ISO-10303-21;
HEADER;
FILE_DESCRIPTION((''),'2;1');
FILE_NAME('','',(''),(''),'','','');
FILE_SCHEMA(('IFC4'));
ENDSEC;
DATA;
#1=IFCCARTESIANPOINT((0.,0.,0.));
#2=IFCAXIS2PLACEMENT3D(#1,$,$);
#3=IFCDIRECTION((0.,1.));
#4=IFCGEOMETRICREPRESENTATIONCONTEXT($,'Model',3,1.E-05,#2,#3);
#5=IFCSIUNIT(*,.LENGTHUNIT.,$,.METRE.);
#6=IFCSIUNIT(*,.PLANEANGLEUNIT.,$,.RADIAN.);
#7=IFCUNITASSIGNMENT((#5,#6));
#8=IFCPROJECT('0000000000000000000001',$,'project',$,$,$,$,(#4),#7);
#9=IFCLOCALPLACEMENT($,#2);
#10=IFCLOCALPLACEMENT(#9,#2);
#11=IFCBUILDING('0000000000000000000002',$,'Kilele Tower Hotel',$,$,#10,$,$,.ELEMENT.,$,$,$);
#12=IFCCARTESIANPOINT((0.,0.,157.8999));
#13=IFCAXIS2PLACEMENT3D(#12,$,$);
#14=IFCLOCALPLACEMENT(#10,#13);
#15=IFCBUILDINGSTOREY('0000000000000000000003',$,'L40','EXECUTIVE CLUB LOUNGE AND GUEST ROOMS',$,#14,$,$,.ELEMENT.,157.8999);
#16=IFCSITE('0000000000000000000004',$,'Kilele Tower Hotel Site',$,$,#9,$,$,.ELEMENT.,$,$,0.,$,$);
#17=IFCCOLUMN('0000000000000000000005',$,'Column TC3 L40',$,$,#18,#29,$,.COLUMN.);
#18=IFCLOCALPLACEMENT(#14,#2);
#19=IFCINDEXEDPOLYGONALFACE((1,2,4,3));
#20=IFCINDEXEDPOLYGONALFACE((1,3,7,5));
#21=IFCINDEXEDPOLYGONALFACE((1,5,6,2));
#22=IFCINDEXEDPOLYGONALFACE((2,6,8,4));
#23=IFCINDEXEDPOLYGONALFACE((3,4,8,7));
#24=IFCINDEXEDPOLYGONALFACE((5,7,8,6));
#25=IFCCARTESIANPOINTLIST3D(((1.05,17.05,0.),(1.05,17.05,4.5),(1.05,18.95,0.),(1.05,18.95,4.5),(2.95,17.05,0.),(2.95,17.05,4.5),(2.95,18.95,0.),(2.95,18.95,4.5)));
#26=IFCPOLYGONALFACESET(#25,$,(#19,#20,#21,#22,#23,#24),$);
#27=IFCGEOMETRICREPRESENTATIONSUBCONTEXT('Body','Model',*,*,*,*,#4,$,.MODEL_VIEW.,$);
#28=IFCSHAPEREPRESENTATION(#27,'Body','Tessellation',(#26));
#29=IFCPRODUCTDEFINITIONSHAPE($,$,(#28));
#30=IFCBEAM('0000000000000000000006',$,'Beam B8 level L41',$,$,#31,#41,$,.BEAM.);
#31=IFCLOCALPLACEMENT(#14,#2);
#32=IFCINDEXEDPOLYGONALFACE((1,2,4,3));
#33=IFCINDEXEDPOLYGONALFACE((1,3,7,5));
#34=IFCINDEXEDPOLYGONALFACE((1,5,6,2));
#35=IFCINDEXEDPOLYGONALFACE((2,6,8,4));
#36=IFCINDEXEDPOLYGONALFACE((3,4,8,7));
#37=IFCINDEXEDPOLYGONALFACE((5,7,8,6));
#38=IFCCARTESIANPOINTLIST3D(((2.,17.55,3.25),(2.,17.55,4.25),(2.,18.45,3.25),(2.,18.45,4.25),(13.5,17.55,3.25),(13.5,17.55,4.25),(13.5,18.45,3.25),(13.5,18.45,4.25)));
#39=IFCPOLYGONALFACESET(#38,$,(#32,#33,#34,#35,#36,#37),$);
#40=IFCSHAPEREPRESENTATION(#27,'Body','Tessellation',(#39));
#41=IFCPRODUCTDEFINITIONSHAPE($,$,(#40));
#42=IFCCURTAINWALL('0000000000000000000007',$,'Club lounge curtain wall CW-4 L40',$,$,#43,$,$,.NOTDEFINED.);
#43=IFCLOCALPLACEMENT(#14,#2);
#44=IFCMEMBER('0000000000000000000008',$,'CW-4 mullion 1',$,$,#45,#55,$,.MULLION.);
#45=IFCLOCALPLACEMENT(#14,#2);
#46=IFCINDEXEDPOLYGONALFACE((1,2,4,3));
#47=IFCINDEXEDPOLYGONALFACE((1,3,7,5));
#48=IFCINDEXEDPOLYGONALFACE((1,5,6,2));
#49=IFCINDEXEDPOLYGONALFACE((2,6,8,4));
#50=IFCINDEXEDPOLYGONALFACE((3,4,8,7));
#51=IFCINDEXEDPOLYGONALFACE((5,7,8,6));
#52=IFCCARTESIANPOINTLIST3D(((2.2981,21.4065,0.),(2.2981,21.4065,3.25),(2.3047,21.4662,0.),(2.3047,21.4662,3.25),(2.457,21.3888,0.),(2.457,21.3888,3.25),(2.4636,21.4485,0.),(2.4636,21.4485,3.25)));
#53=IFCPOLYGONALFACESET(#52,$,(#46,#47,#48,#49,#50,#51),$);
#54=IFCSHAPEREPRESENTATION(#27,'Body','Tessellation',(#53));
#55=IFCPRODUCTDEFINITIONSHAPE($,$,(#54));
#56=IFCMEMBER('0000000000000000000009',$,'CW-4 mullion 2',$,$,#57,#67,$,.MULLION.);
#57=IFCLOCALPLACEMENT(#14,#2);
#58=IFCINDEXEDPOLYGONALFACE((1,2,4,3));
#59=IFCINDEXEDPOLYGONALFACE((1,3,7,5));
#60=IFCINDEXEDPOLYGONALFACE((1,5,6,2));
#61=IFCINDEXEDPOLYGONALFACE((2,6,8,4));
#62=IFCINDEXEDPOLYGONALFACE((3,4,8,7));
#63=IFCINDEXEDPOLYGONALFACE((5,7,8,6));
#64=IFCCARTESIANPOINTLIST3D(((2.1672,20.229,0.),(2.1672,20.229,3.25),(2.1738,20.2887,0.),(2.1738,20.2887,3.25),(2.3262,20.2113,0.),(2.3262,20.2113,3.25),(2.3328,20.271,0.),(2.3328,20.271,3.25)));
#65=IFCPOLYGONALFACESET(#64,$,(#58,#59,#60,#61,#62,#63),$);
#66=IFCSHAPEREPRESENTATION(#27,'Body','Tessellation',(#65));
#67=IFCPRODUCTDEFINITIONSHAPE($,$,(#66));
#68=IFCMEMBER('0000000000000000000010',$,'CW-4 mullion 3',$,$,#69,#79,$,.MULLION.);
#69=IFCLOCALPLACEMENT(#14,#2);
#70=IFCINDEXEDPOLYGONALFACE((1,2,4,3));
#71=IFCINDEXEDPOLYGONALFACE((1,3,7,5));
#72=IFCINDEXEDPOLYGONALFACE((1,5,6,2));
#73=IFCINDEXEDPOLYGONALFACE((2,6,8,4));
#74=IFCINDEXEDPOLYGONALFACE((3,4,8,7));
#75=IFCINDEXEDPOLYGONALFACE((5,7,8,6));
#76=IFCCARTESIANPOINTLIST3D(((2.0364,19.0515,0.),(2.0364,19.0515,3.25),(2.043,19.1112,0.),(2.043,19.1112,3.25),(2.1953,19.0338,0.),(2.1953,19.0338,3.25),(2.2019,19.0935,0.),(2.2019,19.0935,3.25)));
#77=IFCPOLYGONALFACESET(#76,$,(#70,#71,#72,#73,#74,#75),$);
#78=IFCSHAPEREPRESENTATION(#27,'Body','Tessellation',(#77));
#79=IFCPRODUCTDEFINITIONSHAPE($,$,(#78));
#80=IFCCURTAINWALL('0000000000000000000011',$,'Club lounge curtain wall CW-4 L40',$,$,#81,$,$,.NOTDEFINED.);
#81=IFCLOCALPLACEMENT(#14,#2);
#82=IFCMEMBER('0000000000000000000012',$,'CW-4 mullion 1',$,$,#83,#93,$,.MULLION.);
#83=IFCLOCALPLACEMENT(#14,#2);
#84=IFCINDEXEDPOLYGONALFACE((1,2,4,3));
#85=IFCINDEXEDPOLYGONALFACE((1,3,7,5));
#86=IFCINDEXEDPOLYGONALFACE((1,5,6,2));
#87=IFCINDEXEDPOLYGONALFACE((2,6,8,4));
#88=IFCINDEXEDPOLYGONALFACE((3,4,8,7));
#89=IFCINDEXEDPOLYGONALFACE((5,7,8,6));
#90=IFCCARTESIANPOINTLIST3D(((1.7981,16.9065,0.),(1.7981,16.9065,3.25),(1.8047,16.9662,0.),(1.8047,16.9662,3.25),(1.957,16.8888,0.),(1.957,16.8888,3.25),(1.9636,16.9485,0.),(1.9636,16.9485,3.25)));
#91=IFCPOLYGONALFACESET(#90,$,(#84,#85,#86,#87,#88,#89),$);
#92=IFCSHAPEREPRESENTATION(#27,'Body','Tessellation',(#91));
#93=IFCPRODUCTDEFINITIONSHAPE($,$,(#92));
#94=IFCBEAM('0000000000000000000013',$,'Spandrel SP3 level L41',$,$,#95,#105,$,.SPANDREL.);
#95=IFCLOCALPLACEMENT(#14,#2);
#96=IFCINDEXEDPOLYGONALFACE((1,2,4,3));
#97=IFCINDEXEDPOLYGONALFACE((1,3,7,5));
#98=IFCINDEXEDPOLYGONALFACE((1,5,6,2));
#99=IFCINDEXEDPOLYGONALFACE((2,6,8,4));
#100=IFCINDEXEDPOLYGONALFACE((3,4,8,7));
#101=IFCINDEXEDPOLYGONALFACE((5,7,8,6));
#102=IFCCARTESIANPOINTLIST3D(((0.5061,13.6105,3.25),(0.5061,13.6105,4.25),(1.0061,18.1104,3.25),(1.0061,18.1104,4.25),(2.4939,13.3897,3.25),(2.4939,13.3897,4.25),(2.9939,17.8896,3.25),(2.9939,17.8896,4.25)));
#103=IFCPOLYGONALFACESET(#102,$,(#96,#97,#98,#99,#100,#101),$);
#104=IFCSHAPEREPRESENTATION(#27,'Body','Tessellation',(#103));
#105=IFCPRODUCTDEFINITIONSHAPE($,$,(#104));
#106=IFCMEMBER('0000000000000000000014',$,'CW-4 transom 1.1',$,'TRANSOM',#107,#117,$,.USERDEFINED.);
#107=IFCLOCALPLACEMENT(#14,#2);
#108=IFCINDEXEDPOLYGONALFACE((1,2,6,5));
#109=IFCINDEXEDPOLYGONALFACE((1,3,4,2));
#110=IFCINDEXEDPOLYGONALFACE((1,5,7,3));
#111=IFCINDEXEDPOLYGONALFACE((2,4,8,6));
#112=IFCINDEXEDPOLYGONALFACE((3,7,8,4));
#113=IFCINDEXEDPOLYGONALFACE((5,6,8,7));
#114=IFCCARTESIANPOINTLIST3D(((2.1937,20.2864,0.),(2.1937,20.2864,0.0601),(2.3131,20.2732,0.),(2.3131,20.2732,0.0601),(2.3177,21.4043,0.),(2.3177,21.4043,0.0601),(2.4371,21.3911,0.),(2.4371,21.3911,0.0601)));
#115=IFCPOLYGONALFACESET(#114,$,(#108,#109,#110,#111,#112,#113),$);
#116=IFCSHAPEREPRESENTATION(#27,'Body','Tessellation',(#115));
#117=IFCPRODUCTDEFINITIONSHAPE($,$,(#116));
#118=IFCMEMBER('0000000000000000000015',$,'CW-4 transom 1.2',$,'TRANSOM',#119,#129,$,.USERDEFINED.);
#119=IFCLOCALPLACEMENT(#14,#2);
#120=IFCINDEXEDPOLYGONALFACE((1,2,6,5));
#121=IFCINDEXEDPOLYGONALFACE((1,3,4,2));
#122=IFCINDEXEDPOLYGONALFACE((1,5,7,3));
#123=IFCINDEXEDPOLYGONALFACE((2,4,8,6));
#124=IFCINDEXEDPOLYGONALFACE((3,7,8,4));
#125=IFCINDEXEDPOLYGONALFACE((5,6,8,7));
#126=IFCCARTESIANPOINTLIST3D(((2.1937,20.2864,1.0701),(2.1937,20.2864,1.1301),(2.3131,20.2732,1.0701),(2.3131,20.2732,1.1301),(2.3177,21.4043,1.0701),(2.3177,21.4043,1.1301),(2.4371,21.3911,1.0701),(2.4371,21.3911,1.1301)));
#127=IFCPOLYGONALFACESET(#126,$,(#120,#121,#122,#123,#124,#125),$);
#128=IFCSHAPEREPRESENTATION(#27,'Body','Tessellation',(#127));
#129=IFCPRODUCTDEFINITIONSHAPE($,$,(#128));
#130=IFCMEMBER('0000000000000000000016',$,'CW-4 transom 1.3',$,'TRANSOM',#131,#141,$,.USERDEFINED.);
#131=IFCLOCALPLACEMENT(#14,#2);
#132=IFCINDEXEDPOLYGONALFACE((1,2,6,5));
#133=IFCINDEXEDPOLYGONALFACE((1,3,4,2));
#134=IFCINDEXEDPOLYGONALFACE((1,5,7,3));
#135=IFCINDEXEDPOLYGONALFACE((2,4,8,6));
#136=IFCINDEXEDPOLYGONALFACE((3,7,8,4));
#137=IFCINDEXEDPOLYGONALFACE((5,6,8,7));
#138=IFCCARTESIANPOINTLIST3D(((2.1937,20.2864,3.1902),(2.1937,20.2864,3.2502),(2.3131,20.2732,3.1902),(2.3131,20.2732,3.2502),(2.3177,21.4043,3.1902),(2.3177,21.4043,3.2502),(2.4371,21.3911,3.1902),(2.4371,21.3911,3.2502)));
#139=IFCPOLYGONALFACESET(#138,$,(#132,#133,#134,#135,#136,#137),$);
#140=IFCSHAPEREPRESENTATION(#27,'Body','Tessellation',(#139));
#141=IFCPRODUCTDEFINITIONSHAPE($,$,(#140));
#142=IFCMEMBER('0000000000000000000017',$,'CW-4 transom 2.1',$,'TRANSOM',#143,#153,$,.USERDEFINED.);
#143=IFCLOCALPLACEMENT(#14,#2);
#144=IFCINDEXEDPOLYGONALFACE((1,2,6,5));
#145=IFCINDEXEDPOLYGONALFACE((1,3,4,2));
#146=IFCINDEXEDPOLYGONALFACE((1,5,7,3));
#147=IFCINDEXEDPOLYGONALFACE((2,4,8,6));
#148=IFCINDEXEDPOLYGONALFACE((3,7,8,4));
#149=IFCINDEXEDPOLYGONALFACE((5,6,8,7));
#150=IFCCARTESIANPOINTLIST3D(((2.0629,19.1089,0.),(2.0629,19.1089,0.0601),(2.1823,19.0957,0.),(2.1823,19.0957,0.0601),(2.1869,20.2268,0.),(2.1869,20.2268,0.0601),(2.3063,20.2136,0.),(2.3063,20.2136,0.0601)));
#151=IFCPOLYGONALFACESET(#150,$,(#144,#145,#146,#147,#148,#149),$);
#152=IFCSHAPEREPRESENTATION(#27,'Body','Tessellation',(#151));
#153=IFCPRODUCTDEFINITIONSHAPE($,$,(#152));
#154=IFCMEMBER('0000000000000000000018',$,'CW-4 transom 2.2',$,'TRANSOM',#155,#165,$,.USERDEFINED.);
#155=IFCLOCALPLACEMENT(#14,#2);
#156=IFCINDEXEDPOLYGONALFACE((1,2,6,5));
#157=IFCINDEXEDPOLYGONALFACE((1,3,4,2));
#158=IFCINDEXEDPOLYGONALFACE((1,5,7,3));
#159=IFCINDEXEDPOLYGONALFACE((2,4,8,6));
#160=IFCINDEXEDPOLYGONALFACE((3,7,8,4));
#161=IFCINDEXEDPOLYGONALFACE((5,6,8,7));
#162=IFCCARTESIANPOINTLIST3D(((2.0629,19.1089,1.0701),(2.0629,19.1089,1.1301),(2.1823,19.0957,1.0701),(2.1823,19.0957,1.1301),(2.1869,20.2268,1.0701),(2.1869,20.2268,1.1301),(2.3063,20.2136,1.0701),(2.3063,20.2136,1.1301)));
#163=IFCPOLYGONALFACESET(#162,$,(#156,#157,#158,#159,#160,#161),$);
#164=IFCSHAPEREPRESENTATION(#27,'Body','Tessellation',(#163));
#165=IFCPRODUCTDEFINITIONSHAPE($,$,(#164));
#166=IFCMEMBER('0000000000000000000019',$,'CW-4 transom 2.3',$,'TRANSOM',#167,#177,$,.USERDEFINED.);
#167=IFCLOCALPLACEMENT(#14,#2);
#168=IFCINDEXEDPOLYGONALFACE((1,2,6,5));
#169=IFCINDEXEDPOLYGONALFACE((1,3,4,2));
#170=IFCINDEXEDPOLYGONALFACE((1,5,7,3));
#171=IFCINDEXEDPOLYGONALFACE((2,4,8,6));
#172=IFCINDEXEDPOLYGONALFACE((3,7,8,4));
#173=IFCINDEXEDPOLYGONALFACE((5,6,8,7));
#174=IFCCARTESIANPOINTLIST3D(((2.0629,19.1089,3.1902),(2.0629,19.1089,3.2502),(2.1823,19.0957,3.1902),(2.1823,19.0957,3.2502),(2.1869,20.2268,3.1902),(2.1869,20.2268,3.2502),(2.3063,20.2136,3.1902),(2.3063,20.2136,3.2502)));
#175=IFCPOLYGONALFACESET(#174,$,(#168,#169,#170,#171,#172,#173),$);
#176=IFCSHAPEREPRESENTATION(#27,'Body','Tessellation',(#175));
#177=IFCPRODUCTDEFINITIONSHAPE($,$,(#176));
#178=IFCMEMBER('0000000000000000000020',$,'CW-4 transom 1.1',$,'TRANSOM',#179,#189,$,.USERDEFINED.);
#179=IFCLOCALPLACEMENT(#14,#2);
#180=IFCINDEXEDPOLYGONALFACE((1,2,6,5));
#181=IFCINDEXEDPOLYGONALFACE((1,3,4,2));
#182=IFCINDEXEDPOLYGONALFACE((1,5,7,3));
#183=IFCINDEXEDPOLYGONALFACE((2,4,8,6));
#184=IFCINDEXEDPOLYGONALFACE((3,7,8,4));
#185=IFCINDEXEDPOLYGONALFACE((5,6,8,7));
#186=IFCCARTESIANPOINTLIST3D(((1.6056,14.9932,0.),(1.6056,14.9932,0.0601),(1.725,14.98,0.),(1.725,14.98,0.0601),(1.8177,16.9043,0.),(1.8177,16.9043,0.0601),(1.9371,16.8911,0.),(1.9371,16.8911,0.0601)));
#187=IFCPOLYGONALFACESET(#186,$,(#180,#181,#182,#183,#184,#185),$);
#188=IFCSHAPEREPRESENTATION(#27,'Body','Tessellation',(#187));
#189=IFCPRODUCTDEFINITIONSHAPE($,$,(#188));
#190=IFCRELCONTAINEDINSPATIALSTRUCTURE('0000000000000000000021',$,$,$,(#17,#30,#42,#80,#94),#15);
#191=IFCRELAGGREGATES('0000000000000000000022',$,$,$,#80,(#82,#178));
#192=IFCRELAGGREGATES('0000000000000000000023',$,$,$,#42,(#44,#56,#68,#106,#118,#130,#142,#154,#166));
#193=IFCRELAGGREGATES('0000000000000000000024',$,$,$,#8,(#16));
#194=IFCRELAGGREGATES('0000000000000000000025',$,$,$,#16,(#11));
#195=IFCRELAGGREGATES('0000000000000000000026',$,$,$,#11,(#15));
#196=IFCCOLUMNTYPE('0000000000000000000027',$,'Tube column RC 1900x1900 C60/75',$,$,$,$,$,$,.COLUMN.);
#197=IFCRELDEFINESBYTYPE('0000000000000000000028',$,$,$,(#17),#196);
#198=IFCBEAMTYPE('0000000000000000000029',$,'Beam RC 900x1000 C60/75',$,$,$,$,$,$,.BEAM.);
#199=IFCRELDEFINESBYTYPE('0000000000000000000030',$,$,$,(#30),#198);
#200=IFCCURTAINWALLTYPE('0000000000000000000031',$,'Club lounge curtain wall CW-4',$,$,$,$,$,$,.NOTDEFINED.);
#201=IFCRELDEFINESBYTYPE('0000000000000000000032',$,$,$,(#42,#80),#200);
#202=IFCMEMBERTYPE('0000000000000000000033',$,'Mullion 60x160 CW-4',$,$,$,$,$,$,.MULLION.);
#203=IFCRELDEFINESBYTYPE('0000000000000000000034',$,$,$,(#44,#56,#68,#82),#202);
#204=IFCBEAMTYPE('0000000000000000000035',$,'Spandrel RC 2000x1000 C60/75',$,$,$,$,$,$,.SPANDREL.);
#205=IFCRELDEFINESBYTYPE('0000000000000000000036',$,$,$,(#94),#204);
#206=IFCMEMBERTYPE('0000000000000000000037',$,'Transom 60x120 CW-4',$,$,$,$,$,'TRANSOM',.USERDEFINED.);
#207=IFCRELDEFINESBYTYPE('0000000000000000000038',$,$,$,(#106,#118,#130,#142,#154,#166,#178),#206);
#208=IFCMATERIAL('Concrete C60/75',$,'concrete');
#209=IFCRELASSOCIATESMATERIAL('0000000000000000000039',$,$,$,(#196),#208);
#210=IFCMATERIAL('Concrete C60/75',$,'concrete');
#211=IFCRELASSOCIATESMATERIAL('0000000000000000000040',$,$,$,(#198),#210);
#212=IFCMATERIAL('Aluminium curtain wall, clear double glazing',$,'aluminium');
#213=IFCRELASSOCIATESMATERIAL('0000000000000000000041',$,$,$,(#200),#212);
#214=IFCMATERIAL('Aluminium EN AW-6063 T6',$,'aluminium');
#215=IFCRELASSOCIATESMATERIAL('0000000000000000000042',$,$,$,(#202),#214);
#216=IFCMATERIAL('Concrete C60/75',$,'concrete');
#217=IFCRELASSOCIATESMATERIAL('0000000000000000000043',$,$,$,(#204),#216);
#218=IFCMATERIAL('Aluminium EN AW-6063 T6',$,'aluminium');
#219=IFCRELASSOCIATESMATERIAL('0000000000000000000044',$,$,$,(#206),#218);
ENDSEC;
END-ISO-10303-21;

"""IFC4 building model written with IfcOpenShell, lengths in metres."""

from ifc_helpers import new_model, si_unit, direction, frame, origin, origin_2d, place, context, subcontext, project, spatial, rectangle, extrude, material, material_profile, profile_set, type_object, element, aggregate, save


model = new_model("IFC4")

# Units and contexts
model_context = context("Model", 3, precision=1e-05, world=origin(), true_north=direction((0.0, 1.0)))
body_context = subcontext(model_context, "Body", "Model", "MODEL_VIEW")
ifc_project = project(units=[si_unit("LENGTHUNIT", "METRE"), si_unit("PLANEANGLEUNIT", "RADIAN")], contexts=[model_context])

# Site, building, storey
site_placement = place(None, origin())
site = spatial("IfcSite", under=ifc_project, at=site_placement, Name="Kilele Tower Hotel Site", CompositionType="ELEMENT", RefElevation=0.0)
building_placement = place(site_placement, origin())
building = spatial("IfcBuilding", under=site, at=building_placement, Name="Kilele Tower Hotel", CompositionType="ELEMENT")
storey_placement = place(building_placement, frame((0.0, 0.0, 157.8999)))
storey = spatial("IfcBuildingStorey", under=building, at=storey_placement, Name="L40", Description="EXECUTIVE CLUB LOUNGE AND GUEST ROOMS", CompositionType="ELEMENT", Elevation=157.8999)

# Column
ifc_material_1 = material(Name="Concrete C60/75", Category="concrete")
ifc_material_profile_1 = material_profile(ifc_material_1, rectangle(XDim=1.8999, YDim=1.8999, at=origin_2d()))
ifc_profile_set_1 = profile_set([ifc_material_profile_1], Name="Concrete C60/75")
column_type = type_object("IfcColumnType", Name="Tube column RC 1900x1900 C60/75", PredefinedType="COLUMN", material=ifc_profile_set_1)
column_placement = place(storey_placement, frame((2.0, 18.0, 0.0), z_axis=(0.0, 0.0, 1.0), x_axis=(1.0, 0.0, 0.0)))
element("IfcColumn", 1, at=column_placement, inside=storey, type_object=column_type, Name="Column TC3 L40", PredefinedType="COLUMN", context=body_context, shape_type="SweptSolid", body=[
    extrude(rectangle(XDim=1.8999, YDim=1.8999, at=origin_2d()), origin(), (0.0, 0.0, 1.0), 4.5),
])

# Beam
ifc_material_2 = material(Name="Concrete C60/75", Category="concrete")
ifc_material_profile_2 = material_profile(ifc_material_2, rectangle(XDim=0.8999, YDim=1.0, at=origin_2d()))
ifc_profile_set_2 = profile_set([ifc_material_profile_2], Name="Concrete C60/75")
beam_type_1 = type_object("IfcBeamType", Name="Beam RC 900x1000 C60/75", PredefinedType="BEAM", material=ifc_profile_set_2)
beam_1_placement = place(storey_placement, frame((2.0, 18.0, 3.75), z_axis=(1.0, 0.0, 0.0), x_axis=(0.0, 1.0, 0.0)))
element("IfcBeam", 2, at=beam_1_placement, inside=storey, type_object=beam_type_1, Name="Beam B8 level L41", PredefinedType="BEAM", context=body_context, shape_type="SweptSolid", body=[
    extrude(rectangle(XDim=0.8999, YDim=1.0, at=origin_2d()), origin(), (0.0, 0.0, 1.0), 11.5),
])

# Curtain wall, members
ifc_material_3 = material(Name="Aluminium curtain wall, clear double glazing", Category="aluminium")
curtain_wall_type = type_object("IfcCurtainWallType", Name="Club lounge curtain wall CW-4", PredefinedType="NOTDEFINED", material=ifc_material_3)
curtain_wall_1_placement = place(storey_placement, origin())
curtain_wall_1 = element("IfcCurtainWall", 3, at=curtain_wall_1_placement, inside=storey, type_object=curtain_wall_type, Name="Club lounge curtain wall CW-4 L40", PredefinedType="NOTDEFINED")
ifc_material_4 = material(Name="Aluminium EN AW-6063 T6", Category="aluminium")
ifc_material_profile_3 = material_profile(ifc_material_4, rectangle(XDim=0.1599, YDim=0.0601, at=origin_2d()))
ifc_profile_set_3 = profile_set([ifc_material_profile_3], Name="Aluminium EN AW-6063 T6")
member_type_1 = type_object("IfcMemberType", Name="Mullion 60x160 CW-4", PredefinedType="MULLION", material=ifc_profile_set_3)
member_1_placement = place(storey_placement, frame((2.3809, 21.4275, 0.0), z_axis=(0.0, 0.0, 1.0), x_axis=(0.993884, -0.110432, 0.0)))
member_1 = element("IfcMember", 4, at=member_1_placement, type_object=member_type_1, Name="CW-4 mullion 1", PredefinedType="MULLION", context=body_context, shape_type="SweptSolid", body=[
    extrude(rectangle(XDim=0.1599, YDim=0.0601, at=origin_2d()), origin(), (0.0, 0.0, 1.0), 3.25),
])
member_2_placement = place(storey_placement, frame((2.25, 20.25, 0.0), z_axis=(0.0, 0.0, 1.0), x_axis=(0.993884, -0.110432, 0.0)))
member_2 = element("IfcMember", 5, at=member_2_placement, type_object=member_type_1, Name="CW-4 mullion 2", PredefinedType="MULLION", context=body_context, shape_type="SweptSolid", body=[
    extrude(rectangle(XDim=0.1599, YDim=0.0601, at=origin_2d()), origin(), (0.0, 0.0, 1.0), 3.25),
])
member_3_placement = place(storey_placement, frame((2.1191, 19.0725, 0.0), z_axis=(0.0, 0.0, 1.0), x_axis=(0.993884, -0.110432, 0.0)))
member_3 = element("IfcMember", 6, at=member_3_placement, type_object=member_type_1, Name="CW-4 mullion 3", PredefinedType="MULLION", context=body_context, shape_type="SweptSolid", body=[
    extrude(rectangle(XDim=0.1599, YDim=0.0601, at=origin_2d()), origin(), (0.0, 0.0, 1.0), 3.25),
])

# Curtain wall, member
curtain_wall_2_placement = place(storey_placement, origin())
curtain_wall_2 = element("IfcCurtainWall", 7, at=curtain_wall_2_placement, inside=storey, type_object=curtain_wall_type, Name="Club lounge curtain wall CW-4 L40", PredefinedType="NOTDEFINED")
member_4_placement = place(storey_placement, frame((1.8809, 16.9275, 0.0), z_axis=(0.0, 0.0, 1.0), x_axis=(0.993884, -0.110432, 0.0)))
member_4 = element("IfcMember", 8, at=member_4_placement, type_object=member_type_1, Name="CW-4 mullion 1", PredefinedType="MULLION", context=body_context, shape_type="SweptSolid", body=[
    extrude(rectangle(XDim=0.1599, YDim=0.0601, at=origin_2d()), origin(), (0.0, 0.0, 1.0), 3.25),
])

# Beam
ifc_material_5 = material(Name="Concrete C60/75", Category="concrete")
ifc_material_profile_4 = material_profile(ifc_material_5, rectangle(XDim=2.0, YDim=1.0, at=origin_2d()))
ifc_profile_set_4 = profile_set([ifc_material_profile_4], Name="Concrete C60/75")
beam_type_2 = type_object("IfcBeamType", Name="Spandrel RC 2000x1000 C60/75", PredefinedType="SPANDREL", material=ifc_profile_set_4)
beam_2_placement = place(storey_placement, frame((2.0, 18.0, 3.75), z_axis=(-0.110432, -0.993884, 0.0), x_axis=(0.993884, -0.110432, 0.0)))
element("IfcBeam", 9, at=beam_2_placement, inside=storey, type_object=beam_type_2, Name="Spandrel SP3 level L41", PredefinedType="SPANDREL", context=body_context, shape_type="SweptSolid", body=[
    extrude(rectangle(XDim=2.0, YDim=1.0, at=origin_2d()), origin(), (0.0, 0.0, 1.0), 4.5276),
])

# Members
ifc_material_6 = material(Name="Aluminium EN AW-6063 T6", Category="aluminium")
ifc_material_profile_5 = material_profile(ifc_material_6, rectangle(XDim=0.1201, YDim=0.0601, at=origin_2d()))
ifc_profile_set_5 = profile_set([ifc_material_profile_5], Name="Aluminium EN AW-6063 T6")
member_type_2 = type_object("IfcMemberType", Name="Transom 60x120 CW-4", ElementType="TRANSOM", PredefinedType="USERDEFINED", material=ifc_profile_set_5)
member_5_placement = place(storey_placement, frame((2.3774, 21.3977, 0.03), z_axis=(-0.110265, -0.993902, 0.0), x_axis=(0.993902, -0.110265, 0.0)))
member_5 = element("IfcMember", 10, at=member_5_placement, type_object=member_type_2, Name="CW-4 transom 1.1", ObjectType="TRANSOM", PredefinedType="USERDEFINED", context=body_context, shape_type="SweptSolid", body=[
    extrude(rectangle(XDim=0.1201, YDim=0.0601, at=origin_2d()), origin(), (0.0, 0.0, 1.0), 1.1248),
])
member_6_placement = place(storey_placement, frame((2.3774, 21.3977, 1.1001), z_axis=(-0.110265, -0.993902, 0.0), x_axis=(0.993902, -0.110265, 0.0)))
member_6 = element("IfcMember", 11, at=member_6_placement, type_object=member_type_2, Name="CW-4 transom 1.2", ObjectType="TRANSOM", PredefinedType="USERDEFINED", context=body_context, shape_type="SweptSolid", body=[
    extrude(rectangle(XDim=0.1201, YDim=0.0601, at=origin_2d()), origin(), (0.0, 0.0, 1.0), 1.1248),
])
member_7_placement = place(storey_placement, frame((2.3774, 21.3977, 3.2202), z_axis=(-0.110265, -0.993902, 0.0), x_axis=(0.993902, -0.110265, 0.0)))
member_7 = element("IfcMember", 12, at=member_7_placement, type_object=member_type_2, Name="CW-4 transom 1.3", ObjectType="TRANSOM", PredefinedType="USERDEFINED", context=body_context, shape_type="SweptSolid", body=[
    extrude(rectangle(XDim=0.1201, YDim=0.0601, at=origin_2d()), origin(), (0.0, 0.0, 1.0), 1.1248),
])
member_8_placement = place(storey_placement, frame((2.2466, 20.2202, 0.03), z_axis=(-0.110265, -0.993902, 0.0), x_axis=(0.993902, -0.110265, 0.0)))
member_8 = element("IfcMember", 13, at=member_8_placement, type_object=member_type_2, Name="CW-4 transom 2.1", ObjectType="TRANSOM", PredefinedType="USERDEFINED", context=body_context, shape_type="SweptSolid", body=[
    extrude(rectangle(XDim=0.1201, YDim=0.0601, at=origin_2d()), origin(), (0.0, 0.0, 1.0), 1.1248),
])
member_9_placement = place(storey_placement, frame((2.2466, 20.2202, 1.1001), z_axis=(-0.110265, -0.993902, 0.0), x_axis=(0.993902, -0.110265, 0.0)))
member_9 = element("IfcMember", 14, at=member_9_placement, type_object=member_type_2, Name="CW-4 transom 2.2", ObjectType="TRANSOM", PredefinedType="USERDEFINED", context=body_context, shape_type="SweptSolid", body=[
    extrude(rectangle(XDim=0.1201, YDim=0.0601, at=origin_2d()), origin(), (0.0, 0.0, 1.0), 1.1248),
])
member_10_placement = place(storey_placement, frame((2.2466, 20.2202, 3.2202), z_axis=(-0.110265, -0.993902, 0.0), x_axis=(0.993902, -0.110265, 0.0)))
member_10 = element("IfcMember", 15, at=member_10_placement, type_object=member_type_2, Name="CW-4 transom 2.3", ObjectType="TRANSOM", PredefinedType="USERDEFINED", context=body_context, shape_type="SweptSolid", body=[
    extrude(rectangle(XDim=0.1201, YDim=0.0601, at=origin_2d()), origin(), (0.0, 0.0, 1.0), 1.1248),
])
member_11_placement = place(storey_placement, frame((1.8774, 16.8977, 0.03), z_axis=(-0.110334, -0.993895, 0.0), x_axis=(0.993895, -0.110334, 0.0)))
member_11 = element("IfcMember", 16, at=member_11_placement, type_object=member_type_2, Name="CW-4 transom 1.1", ObjectType="TRANSOM", PredefinedType="USERDEFINED", context=body_context, shape_type="SweptSolid", body=[
    extrude(rectangle(XDim=0.1201, YDim=0.0601, at=origin_2d()), origin(), (0.0, 0.0, 1.0), 1.9229),
])
aggregate(curtain_wall_2, [member_4, member_11])

aggregate(curtain_wall_1, [member_1, member_2, member_3, member_5, member_6, member_7, member_8, member_9, member_10])

save(model, "model.ifc")
